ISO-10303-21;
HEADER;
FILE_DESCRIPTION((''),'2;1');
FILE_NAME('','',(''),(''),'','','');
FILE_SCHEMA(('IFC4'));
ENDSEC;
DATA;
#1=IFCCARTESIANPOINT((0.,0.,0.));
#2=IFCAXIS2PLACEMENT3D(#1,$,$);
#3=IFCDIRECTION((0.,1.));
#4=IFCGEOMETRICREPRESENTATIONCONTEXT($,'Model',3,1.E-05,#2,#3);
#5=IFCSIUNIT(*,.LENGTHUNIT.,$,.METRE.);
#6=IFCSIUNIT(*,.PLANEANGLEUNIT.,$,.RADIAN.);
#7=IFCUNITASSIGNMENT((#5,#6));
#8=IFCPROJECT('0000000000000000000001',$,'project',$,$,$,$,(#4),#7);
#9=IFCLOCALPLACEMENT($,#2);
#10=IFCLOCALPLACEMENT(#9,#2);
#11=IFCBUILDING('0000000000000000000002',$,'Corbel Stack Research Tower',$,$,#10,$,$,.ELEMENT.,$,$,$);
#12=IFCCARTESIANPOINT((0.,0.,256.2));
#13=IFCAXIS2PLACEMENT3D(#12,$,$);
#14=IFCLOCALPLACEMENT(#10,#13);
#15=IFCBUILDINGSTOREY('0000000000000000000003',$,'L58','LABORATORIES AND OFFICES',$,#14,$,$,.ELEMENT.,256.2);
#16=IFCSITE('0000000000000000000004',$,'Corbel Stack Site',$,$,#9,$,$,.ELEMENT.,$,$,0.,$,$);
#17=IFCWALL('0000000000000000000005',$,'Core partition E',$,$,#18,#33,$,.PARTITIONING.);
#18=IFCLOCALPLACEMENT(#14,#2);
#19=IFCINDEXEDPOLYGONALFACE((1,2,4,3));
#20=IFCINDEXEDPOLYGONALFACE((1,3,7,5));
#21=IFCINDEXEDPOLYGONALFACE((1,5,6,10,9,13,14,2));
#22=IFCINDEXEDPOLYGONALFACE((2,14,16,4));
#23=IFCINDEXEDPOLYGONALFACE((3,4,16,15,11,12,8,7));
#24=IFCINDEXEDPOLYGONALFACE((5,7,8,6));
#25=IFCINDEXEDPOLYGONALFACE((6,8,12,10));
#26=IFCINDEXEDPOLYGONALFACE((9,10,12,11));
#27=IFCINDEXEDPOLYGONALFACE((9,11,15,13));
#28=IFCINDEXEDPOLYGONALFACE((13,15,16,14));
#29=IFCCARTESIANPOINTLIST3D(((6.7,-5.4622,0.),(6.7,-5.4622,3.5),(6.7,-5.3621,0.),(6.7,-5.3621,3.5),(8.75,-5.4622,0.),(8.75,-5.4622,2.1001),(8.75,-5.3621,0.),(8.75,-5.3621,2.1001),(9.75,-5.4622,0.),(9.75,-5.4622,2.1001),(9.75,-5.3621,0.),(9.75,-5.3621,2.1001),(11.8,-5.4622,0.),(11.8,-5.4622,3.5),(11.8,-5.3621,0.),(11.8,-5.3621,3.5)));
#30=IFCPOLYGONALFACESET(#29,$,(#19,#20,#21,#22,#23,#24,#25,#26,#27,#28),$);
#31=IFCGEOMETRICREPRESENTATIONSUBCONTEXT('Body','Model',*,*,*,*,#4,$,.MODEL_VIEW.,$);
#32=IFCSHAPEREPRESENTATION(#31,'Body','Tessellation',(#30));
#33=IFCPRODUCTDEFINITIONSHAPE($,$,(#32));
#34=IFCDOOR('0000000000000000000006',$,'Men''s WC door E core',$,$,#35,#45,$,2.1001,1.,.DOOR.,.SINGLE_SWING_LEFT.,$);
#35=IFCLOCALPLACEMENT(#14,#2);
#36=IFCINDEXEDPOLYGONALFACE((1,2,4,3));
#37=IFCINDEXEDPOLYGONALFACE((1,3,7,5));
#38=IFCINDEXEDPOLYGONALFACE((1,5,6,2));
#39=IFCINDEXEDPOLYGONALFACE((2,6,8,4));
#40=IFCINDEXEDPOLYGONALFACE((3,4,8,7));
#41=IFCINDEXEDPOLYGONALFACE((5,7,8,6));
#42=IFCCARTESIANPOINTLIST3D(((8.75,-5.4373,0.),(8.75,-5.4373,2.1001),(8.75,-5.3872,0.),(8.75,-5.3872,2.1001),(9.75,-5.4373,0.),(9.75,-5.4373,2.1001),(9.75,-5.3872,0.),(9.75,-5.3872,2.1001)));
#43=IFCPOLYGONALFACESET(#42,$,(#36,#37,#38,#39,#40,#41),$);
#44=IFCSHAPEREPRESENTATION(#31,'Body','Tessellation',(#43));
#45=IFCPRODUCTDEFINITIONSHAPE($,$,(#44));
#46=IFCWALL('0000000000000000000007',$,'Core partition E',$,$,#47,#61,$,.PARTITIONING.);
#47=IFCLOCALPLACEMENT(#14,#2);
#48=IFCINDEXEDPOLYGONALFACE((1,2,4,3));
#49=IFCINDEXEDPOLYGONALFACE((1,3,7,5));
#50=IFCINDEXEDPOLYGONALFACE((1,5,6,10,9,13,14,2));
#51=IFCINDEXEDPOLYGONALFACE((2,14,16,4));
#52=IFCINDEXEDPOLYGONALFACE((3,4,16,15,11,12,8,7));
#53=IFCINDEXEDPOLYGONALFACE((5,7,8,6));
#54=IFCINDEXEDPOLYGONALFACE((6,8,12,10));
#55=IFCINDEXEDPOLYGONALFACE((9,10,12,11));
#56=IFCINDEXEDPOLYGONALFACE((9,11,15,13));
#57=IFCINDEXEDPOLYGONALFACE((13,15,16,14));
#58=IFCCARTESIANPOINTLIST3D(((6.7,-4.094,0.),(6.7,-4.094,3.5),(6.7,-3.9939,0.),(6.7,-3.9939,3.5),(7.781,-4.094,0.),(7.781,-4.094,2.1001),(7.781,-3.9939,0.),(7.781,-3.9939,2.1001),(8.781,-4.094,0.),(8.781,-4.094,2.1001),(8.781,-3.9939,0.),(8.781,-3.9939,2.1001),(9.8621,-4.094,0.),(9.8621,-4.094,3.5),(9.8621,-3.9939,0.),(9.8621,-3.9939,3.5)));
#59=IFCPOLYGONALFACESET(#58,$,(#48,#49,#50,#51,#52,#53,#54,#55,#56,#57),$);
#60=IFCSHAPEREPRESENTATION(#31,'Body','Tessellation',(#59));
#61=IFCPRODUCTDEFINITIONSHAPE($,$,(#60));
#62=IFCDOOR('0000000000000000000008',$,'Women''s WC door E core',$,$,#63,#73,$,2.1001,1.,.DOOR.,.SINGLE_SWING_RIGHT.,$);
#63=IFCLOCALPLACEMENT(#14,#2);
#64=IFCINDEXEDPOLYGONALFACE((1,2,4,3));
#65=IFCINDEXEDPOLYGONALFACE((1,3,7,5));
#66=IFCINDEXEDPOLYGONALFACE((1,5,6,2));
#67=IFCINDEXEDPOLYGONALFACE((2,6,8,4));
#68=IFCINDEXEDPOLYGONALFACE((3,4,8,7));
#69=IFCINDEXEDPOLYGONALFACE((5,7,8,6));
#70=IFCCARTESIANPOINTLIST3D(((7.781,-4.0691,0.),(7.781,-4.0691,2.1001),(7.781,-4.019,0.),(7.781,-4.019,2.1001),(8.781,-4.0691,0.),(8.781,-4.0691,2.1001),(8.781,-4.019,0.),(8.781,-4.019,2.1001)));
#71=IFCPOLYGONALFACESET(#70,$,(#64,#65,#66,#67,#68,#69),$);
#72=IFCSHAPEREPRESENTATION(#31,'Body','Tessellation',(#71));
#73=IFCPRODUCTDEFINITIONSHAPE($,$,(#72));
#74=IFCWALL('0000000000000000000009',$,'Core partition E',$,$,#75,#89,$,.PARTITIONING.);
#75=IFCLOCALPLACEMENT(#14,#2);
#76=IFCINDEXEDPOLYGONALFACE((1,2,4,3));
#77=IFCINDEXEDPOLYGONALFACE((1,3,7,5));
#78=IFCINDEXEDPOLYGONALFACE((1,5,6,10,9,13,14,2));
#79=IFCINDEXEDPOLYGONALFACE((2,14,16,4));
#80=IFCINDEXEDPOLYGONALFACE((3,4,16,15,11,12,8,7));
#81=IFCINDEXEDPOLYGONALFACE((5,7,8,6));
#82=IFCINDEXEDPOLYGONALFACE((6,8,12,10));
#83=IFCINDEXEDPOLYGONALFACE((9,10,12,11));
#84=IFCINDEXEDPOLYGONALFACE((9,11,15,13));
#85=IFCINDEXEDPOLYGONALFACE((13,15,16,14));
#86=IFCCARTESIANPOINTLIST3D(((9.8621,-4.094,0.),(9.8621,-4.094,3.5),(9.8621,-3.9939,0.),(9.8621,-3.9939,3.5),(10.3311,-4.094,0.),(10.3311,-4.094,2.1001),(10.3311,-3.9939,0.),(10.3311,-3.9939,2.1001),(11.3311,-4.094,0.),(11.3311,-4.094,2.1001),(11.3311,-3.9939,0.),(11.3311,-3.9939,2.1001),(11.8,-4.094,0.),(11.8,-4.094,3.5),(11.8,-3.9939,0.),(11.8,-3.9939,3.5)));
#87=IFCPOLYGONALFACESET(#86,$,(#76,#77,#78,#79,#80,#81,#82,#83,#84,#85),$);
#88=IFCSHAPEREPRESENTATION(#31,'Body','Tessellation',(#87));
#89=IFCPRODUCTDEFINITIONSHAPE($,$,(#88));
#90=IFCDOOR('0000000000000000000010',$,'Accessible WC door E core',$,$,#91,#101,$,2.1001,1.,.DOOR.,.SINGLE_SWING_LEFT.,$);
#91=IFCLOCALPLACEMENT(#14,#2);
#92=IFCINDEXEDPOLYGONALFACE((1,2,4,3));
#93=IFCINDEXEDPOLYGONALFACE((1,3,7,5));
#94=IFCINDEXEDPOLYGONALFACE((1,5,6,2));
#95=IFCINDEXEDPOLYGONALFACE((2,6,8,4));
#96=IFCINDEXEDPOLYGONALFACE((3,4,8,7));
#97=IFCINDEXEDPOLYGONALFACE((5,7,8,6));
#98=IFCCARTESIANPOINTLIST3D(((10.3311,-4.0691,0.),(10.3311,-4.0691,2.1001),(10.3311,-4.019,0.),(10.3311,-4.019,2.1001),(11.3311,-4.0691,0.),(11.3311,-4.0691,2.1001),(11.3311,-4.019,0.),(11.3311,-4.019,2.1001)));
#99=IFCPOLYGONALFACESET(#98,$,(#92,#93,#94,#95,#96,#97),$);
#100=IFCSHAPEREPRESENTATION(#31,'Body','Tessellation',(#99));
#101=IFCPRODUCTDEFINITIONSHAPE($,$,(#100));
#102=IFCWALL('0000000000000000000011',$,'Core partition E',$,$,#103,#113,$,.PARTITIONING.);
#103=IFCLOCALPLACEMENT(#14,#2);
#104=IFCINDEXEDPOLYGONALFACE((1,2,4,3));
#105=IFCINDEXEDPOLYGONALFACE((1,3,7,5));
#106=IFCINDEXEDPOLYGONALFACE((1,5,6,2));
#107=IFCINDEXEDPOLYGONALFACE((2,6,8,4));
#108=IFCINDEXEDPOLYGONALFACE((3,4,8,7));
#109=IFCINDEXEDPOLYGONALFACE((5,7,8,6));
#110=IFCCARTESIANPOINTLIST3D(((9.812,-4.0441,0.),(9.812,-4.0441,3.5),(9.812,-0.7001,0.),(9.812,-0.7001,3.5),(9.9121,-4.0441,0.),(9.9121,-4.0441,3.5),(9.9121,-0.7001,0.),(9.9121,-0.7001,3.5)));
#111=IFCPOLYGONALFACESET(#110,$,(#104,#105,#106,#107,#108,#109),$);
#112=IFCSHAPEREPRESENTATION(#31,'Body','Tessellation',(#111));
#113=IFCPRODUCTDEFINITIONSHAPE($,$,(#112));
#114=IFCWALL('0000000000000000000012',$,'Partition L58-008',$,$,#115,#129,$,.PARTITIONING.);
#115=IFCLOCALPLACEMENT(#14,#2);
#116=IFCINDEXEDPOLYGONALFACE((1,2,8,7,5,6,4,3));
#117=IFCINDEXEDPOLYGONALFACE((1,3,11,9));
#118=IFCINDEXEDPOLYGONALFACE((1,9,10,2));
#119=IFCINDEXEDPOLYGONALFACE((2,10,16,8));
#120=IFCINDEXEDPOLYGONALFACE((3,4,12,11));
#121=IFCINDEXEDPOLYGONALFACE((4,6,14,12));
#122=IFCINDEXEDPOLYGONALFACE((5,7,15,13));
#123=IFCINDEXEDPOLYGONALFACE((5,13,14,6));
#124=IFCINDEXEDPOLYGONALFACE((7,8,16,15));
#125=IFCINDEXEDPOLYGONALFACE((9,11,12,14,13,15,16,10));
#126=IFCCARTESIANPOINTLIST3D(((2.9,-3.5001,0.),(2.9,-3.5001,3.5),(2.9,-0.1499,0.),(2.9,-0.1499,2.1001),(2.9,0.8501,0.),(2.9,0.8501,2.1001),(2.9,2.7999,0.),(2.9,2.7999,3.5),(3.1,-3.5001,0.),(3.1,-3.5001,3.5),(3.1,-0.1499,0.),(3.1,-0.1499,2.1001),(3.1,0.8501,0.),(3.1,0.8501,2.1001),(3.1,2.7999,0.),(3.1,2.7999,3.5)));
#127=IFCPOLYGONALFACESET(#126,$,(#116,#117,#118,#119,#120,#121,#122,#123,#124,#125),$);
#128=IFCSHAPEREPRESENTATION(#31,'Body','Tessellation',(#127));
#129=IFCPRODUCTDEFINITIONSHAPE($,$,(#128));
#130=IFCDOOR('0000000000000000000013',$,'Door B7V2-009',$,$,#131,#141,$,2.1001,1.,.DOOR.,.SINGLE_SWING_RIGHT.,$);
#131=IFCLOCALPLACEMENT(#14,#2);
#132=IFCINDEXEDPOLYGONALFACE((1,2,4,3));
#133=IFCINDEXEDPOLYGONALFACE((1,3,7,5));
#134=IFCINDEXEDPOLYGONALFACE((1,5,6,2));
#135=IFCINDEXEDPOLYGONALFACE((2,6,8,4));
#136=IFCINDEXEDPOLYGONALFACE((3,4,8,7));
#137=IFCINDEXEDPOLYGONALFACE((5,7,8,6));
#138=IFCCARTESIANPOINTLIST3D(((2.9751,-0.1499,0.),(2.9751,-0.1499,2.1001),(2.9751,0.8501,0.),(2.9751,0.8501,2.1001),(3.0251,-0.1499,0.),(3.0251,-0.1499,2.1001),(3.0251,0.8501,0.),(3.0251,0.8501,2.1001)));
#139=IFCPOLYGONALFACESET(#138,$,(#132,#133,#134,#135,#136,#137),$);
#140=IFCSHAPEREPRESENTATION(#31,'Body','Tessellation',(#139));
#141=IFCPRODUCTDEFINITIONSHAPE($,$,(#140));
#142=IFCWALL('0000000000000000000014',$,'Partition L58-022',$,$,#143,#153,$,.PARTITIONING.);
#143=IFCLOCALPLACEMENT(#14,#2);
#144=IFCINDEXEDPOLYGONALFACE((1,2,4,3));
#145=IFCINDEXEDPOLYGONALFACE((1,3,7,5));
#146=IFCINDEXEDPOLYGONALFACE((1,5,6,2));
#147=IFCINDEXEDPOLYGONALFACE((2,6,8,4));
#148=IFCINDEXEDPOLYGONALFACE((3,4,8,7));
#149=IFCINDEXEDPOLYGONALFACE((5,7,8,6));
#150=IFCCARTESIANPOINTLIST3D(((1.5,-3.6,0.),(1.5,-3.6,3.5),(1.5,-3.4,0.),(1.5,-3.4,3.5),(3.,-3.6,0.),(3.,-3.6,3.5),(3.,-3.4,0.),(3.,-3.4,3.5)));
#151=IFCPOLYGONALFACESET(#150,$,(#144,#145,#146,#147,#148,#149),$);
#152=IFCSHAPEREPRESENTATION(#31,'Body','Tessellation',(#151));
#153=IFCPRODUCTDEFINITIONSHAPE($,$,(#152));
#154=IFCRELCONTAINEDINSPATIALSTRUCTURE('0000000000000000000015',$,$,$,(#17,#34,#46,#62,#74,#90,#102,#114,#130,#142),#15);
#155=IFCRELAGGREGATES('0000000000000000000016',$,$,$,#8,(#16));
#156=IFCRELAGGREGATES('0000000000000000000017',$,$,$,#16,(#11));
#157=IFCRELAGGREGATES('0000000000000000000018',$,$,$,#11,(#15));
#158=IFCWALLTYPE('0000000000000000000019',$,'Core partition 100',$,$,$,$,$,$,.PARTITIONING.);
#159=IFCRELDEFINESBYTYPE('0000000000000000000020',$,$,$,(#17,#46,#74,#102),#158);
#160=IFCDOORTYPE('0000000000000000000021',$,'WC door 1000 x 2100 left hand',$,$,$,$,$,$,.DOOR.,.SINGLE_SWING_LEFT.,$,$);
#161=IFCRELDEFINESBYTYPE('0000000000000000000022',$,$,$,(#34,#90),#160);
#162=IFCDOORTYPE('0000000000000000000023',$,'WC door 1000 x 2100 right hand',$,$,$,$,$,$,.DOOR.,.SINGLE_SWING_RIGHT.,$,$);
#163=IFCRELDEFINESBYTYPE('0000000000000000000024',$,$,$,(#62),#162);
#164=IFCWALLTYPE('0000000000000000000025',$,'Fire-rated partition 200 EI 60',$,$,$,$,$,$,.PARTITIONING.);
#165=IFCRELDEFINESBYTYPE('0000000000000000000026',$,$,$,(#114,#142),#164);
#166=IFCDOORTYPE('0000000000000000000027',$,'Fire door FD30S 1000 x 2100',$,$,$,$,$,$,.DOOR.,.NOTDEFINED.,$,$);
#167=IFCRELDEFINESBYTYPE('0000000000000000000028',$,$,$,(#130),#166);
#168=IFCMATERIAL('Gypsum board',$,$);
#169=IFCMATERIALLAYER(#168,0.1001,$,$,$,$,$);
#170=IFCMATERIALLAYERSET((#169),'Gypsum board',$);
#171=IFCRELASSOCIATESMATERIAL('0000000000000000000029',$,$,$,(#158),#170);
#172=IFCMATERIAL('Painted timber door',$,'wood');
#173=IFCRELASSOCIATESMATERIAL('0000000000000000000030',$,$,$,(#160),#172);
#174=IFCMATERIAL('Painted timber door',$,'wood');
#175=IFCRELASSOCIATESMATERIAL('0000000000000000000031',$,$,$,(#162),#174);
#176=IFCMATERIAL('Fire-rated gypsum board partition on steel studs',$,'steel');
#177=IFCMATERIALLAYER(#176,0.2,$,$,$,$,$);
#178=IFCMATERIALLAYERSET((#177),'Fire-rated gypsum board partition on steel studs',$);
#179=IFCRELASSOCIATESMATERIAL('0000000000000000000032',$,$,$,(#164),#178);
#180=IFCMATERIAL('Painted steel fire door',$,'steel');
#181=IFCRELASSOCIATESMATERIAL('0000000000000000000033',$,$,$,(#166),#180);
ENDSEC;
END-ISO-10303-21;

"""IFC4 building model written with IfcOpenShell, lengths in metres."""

from ifc_helpers import new_model, si_unit, direction, frame, frame_2d, origin, place, context, subcontext, project, spatial, rectangle, extrude, material, layer, layer_set, type_object, element, fill, save


model = new_model("IFC4")

# Units and contexts
model_context = context("Model", 3, precision=1e-05, world=origin(), true_north=direction((0.0, 1.0)))
body_context = subcontext(model_context, "Body", "Model", "MODEL_VIEW")
ifc_project = project(units=[si_unit("LENGTHUNIT", "METRE"), si_unit("PLANEANGLEUNIT", "RADIAN")], contexts=[model_context])

# Site, building, storey
site_placement = place(None, origin())
site = spatial("IfcSite", under=ifc_project, at=site_placement, Name="Corbel Stack Site", CompositionType="ELEMENT", RefElevation=0.0)
building_placement = place(site_placement, origin())
building = spatial("IfcBuilding", under=site, at=building_placement, Name="Corbel Stack Research Tower", CompositionType="ELEMENT")
storey_placement = place(building_placement, frame((0.0, 0.0, 256.2)))
storey = spatial("IfcBuildingStorey", under=building, at=storey_placement, Name="L58", Description="LABORATORIES AND OFFICES", CompositionType="ELEMENT", Elevation=256.2)

# Walls, openings, doors
ifc_material_1 = material(Name="Gypsum board")
ifc_layer_1 = layer(ifc_material_1, 0.1001)
ifc_layer_set_1 = layer_set([ifc_layer_1], Name="Gypsum board")
wall_type_1 = type_object("IfcWallType", Name="Core partition 100", PredefinedType="PARTITIONING", material=ifc_layer_set_1)
wall_1_placement = place(storey_placement, frame((6.7, -5.4121, 0.0), z_axis=(0.0, 0.0, 1.0), x_axis=(1.0, 0.0, 0.0)))
wall_1 = element("IfcWall", 1, at=wall_1_placement, inside=storey, type_object=wall_type_1, Name="Core partition E", PredefinedType="PARTITIONING", context=body_context, shape_type="SweptSolid", body=[
    extrude(rectangle(XDim=5.1001, YDim=0.1001, at=frame_2d((2.55, 0.0))), origin(), (0.0, 0.0, 1.0), 3.5),
])
opening_1_placement = place(wall_1_placement, frame((2.05, 0.0, 0.0)))
opening_1 = element("IfcOpeningElement", 2, at=opening_1_placement, cuts=wall_1, PredefinedType="OPENING", context=body_context, shape_type="SweptSolid", body=[
    extrude(rectangle(XDim=1.0, YDim=2.1001, at=frame_2d((0.5, 1.05))), frame((0.0, 0.0601, 0.0), z_axis=(0.0, -1.0, 0.0), x_axis=(1.0, 0.0, 0.0)), (0.0, 0.0, 1.0), 0.1201),
])
ifc_material_2 = material(Name="Painted timber door", Category="wood")
door_type_1 = type_object("IfcDoorType", Name="WC door 1000 x 2100 left hand", OperationType="SINGLE_SWING_LEFT", PredefinedType="DOOR", material=ifc_material_2)
door_1_placement = place(opening_1_placement, origin())
door_1 = element("IfcDoor", 3, at=door_1_placement, inside=storey, type_object=door_type_1, Name="Men's WC door E core", OperationType="SINGLE_SWING_LEFT", OverallHeight=2.1001, OverallWidth=1.0, PredefinedType="DOOR", context=body_context, shape_type="SweptSolid", body=[
    extrude(rectangle(XDim=1.0, YDim=2.1001, at=frame_2d((0.5, 1.05))), frame((0.0, 0.0249, 0.0), z_axis=(0.0, -1.0, 0.0), x_axis=(1.0, 0.0, 0.0)), (0.0, 0.0, 1.0), 0.05),
])
fill(opening_1, door_1)
wall_2_placement = place(storey_placement, frame((6.7, -4.0439, 0.0), z_axis=(0.0, 0.0, 1.0), x_axis=(1.0, 0.0, 0.0)))
wall_2 = element("IfcWall", 4, at=wall_2_placement, inside=storey, type_object=wall_type_1, Name="Core partition E", PredefinedType="PARTITIONING", context=body_context, shape_type="SweptSolid", body=[
    extrude(rectangle(XDim=3.1621, YDim=0.1001, at=frame_2d((1.5811, 0.0))), origin(), (0.0, 0.0, 1.0), 3.5),
])
opening_2_placement = place(wall_2_placement, frame((1.0811, 0.0, 0.0)))
opening_2 = element("IfcOpeningElement", 5, at=opening_2_placement, cuts=wall_2, PredefinedType="OPENING", context=body_context, shape_type="SweptSolid", body=[
    extrude(rectangle(XDim=1.0, YDim=2.1001, at=frame_2d((0.5, 1.05))), frame((0.0, 0.0601, 0.0), z_axis=(0.0, -1.0, 0.0), x_axis=(1.0, 0.0, 0.0)), (0.0, 0.0, 1.0), 0.1201),
])
ifc_material_3 = material(Name="Painted timber door", Category="wood")
door_type_2 = type_object("IfcDoorType", Name="WC door 1000 x 2100 right hand", OperationType="SINGLE_SWING_RIGHT", PredefinedType="DOOR", material=ifc_material_3)
door_2_placement = place(opening_2_placement, origin())
door_2 = element("IfcDoor", 6, at=door_2_placement, inside=storey, type_object=door_type_2, Name="Women's WC door E core", OperationType="SINGLE_SWING_RIGHT", OverallHeight=2.1001, OverallWidth=1.0, PredefinedType="DOOR", context=body_context, shape_type="SweptSolid", body=[
    extrude(rectangle(XDim=1.0, YDim=2.1001, at=frame_2d((0.5, 1.05))), frame((0.0, 0.0249, 0.0), z_axis=(0.0, -1.0, 0.0), x_axis=(1.0, 0.0, 0.0)), (0.0, 0.0, 1.0), 0.05),
])
fill(opening_2, door_2)
wall_3_placement = place(storey_placement, frame((9.8621, -4.0439, 0.0), z_axis=(0.0, 0.0, 1.0), x_axis=(1.0, 0.0, 0.0)))
wall_3 = element("IfcWall", 7, at=wall_3_placement, inside=storey, type_object=wall_type_1, Name="Core partition E", PredefinedType="PARTITIONING", context=body_context, shape_type="SweptSolid", body=[
    extrude(rectangle(XDim=1.938, YDim=0.1001, at=frame_2d((0.969, 0.0))), origin(), (0.0, 0.0, 1.0), 3.5),
])
opening_3_placement = place(wall_3_placement, frame((0.469, 0.0, 0.0)))
opening_3 = element("IfcOpeningElement", 8, at=opening_3_placement, cuts=wall_3, PredefinedType="OPENING", context=body_context, shape_type="SweptSolid", body=[
    extrude(rectangle(XDim=1.0, YDim=2.1001, at=frame_2d((0.5, 1.05))), frame((0.0, 0.0601, 0.0), z_axis=(0.0, -1.0, 0.0), x_axis=(1.0, 0.0, 0.0)), (0.0, 0.0, 1.0), 0.1201),
])
door_3_placement = place(opening_3_placement, origin())
door_3 = element("IfcDoor", 9, at=door_3_placement, inside=storey, type_object=door_type_1, Name="Accessible WC door E core", OperationType="SINGLE_SWING_LEFT", OverallHeight=2.1001, OverallWidth=1.0, PredefinedType="DOOR", context=body_context, shape_type="SweptSolid", body=[
    extrude(rectangle(XDim=1.0, YDim=2.1001, at=frame_2d((0.5, 1.05))), frame((0.0, 0.0249, 0.0), z_axis=(0.0, -1.0, 0.0), x_axis=(1.0, 0.0, 0.0)), (0.0, 0.0, 1.0), 0.05),
])
fill(opening_3, door_3)

# Wall
wall_4_placement = place(storey_placement, frame((9.8621, -4.0439, 0.0), z_axis=(0.0, 0.0, 1.0), x_axis=(0.0, 1.0, 0.0)))
element("IfcWall", 10, at=wall_4_placement, inside=storey, type_object=wall_type_1, Name="Core partition E", PredefinedType="PARTITIONING", context=body_context, shape_type="SweptSolid", body=[
    extrude(rectangle(XDim=3.344, YDim=0.1001, at=frame_2d((1.6719, 0.0))), origin(), (0.0, 0.0, 1.0), 3.5),
])

# Wall, opening, door
ifc_material_4 = material(Name="Fire-rated gypsum board partition on steel studs", Category="steel")
ifc_layer_2 = layer(ifc_material_4, 0.2)
ifc_layer_set_2 = layer_set([ifc_layer_2], Name="Fire-rated gypsum board partition on steel studs")
wall_type_2 = type_object("IfcWallType", Name="Fire-rated partition 200 EI 60", PredefinedType="PARTITIONING", material=ifc_layer_set_2)
wall_5_placement = place(storey_placement, frame((3.0, -3.5, 0.0), z_axis=(0.0, 0.0, 1.0), x_axis=(0.0, 1.0, 0.0)))
wall_5 = element("IfcWall", 11, at=wall_5_placement, inside=storey, type_object=wall_type_2, Name="Partition L58-008", PredefinedType="PARTITIONING", context=body_context, shape_type="SweptSolid", body=[
    extrude(rectangle(XDim=6.3, YDim=0.2, at=frame_2d((3.1499, 0.0))), origin(), (0.0, 0.0, 1.0), 3.5),
])
opening_4_placement = place(wall_5_placement, frame((3.3501, 0.0, 0.0)))
opening_4 = element("IfcOpeningElement", 12, at=opening_4_placement, cuts=wall_5, PredefinedType="OPENING", context=body_context, shape_type="SweptSolid", body=[
    extrude(rectangle(XDim=1.0, YDim=2.1001, at=frame_2d((0.5, 1.05))), frame((0.0, 0.1099, 0.0), z_axis=(0.0, -1.0, 0.0), x_axis=(1.0, 0.0, 0.0)), (0.0, 0.0, 1.0), 0.22),
])
ifc_material_5 = material(Name="Painted steel fire door", Category="steel")
door_type_3 = type_object("IfcDoorType", Name="Fire door FD30S 1000 x 2100", OperationType="NOTDEFINED", PredefinedType="DOOR", material=ifc_material_5)
door_4_placement = place(opening_4_placement, origin())
door_4 = element("IfcDoor", 13, at=door_4_placement, inside=storey, type_object=door_type_3, Name="Door B7V2-009", OperationType="SINGLE_SWING_RIGHT", OverallHeight=2.1001, OverallWidth=1.0, PredefinedType="DOOR", context=body_context, shape_type="SweptSolid", body=[
    extrude(rectangle(XDim=1.0, YDim=2.1001, at=frame_2d((0.5, 1.05))), frame((0.0, 0.0249, 0.0), z_axis=(0.0, -1.0, 0.0), x_axis=(1.0, 0.0, 0.0)), (0.0, 0.0, 1.0), 0.05),
])
fill(opening_4, door_4)

# Wall
wall_6_placement = place(storey_placement, frame((1.5, -3.5, 0.0), z_axis=(0.0, 0.0, 1.0), x_axis=(1.0, 0.0, 0.0)))
element("IfcWall", 14, at=wall_6_placement, inside=storey, type_object=wall_type_2, Name="Partition L58-022", PredefinedType="PARTITIONING", context=body_context, shape_type="SweptSolid", body=[
    extrude(rectangle(XDim=1.5, YDim=0.2, at=frame_2d((0.75, 0.0))), origin(), (0.0, 0.0, 1.0), 3.5),
])

save(model, "model.ifc")
